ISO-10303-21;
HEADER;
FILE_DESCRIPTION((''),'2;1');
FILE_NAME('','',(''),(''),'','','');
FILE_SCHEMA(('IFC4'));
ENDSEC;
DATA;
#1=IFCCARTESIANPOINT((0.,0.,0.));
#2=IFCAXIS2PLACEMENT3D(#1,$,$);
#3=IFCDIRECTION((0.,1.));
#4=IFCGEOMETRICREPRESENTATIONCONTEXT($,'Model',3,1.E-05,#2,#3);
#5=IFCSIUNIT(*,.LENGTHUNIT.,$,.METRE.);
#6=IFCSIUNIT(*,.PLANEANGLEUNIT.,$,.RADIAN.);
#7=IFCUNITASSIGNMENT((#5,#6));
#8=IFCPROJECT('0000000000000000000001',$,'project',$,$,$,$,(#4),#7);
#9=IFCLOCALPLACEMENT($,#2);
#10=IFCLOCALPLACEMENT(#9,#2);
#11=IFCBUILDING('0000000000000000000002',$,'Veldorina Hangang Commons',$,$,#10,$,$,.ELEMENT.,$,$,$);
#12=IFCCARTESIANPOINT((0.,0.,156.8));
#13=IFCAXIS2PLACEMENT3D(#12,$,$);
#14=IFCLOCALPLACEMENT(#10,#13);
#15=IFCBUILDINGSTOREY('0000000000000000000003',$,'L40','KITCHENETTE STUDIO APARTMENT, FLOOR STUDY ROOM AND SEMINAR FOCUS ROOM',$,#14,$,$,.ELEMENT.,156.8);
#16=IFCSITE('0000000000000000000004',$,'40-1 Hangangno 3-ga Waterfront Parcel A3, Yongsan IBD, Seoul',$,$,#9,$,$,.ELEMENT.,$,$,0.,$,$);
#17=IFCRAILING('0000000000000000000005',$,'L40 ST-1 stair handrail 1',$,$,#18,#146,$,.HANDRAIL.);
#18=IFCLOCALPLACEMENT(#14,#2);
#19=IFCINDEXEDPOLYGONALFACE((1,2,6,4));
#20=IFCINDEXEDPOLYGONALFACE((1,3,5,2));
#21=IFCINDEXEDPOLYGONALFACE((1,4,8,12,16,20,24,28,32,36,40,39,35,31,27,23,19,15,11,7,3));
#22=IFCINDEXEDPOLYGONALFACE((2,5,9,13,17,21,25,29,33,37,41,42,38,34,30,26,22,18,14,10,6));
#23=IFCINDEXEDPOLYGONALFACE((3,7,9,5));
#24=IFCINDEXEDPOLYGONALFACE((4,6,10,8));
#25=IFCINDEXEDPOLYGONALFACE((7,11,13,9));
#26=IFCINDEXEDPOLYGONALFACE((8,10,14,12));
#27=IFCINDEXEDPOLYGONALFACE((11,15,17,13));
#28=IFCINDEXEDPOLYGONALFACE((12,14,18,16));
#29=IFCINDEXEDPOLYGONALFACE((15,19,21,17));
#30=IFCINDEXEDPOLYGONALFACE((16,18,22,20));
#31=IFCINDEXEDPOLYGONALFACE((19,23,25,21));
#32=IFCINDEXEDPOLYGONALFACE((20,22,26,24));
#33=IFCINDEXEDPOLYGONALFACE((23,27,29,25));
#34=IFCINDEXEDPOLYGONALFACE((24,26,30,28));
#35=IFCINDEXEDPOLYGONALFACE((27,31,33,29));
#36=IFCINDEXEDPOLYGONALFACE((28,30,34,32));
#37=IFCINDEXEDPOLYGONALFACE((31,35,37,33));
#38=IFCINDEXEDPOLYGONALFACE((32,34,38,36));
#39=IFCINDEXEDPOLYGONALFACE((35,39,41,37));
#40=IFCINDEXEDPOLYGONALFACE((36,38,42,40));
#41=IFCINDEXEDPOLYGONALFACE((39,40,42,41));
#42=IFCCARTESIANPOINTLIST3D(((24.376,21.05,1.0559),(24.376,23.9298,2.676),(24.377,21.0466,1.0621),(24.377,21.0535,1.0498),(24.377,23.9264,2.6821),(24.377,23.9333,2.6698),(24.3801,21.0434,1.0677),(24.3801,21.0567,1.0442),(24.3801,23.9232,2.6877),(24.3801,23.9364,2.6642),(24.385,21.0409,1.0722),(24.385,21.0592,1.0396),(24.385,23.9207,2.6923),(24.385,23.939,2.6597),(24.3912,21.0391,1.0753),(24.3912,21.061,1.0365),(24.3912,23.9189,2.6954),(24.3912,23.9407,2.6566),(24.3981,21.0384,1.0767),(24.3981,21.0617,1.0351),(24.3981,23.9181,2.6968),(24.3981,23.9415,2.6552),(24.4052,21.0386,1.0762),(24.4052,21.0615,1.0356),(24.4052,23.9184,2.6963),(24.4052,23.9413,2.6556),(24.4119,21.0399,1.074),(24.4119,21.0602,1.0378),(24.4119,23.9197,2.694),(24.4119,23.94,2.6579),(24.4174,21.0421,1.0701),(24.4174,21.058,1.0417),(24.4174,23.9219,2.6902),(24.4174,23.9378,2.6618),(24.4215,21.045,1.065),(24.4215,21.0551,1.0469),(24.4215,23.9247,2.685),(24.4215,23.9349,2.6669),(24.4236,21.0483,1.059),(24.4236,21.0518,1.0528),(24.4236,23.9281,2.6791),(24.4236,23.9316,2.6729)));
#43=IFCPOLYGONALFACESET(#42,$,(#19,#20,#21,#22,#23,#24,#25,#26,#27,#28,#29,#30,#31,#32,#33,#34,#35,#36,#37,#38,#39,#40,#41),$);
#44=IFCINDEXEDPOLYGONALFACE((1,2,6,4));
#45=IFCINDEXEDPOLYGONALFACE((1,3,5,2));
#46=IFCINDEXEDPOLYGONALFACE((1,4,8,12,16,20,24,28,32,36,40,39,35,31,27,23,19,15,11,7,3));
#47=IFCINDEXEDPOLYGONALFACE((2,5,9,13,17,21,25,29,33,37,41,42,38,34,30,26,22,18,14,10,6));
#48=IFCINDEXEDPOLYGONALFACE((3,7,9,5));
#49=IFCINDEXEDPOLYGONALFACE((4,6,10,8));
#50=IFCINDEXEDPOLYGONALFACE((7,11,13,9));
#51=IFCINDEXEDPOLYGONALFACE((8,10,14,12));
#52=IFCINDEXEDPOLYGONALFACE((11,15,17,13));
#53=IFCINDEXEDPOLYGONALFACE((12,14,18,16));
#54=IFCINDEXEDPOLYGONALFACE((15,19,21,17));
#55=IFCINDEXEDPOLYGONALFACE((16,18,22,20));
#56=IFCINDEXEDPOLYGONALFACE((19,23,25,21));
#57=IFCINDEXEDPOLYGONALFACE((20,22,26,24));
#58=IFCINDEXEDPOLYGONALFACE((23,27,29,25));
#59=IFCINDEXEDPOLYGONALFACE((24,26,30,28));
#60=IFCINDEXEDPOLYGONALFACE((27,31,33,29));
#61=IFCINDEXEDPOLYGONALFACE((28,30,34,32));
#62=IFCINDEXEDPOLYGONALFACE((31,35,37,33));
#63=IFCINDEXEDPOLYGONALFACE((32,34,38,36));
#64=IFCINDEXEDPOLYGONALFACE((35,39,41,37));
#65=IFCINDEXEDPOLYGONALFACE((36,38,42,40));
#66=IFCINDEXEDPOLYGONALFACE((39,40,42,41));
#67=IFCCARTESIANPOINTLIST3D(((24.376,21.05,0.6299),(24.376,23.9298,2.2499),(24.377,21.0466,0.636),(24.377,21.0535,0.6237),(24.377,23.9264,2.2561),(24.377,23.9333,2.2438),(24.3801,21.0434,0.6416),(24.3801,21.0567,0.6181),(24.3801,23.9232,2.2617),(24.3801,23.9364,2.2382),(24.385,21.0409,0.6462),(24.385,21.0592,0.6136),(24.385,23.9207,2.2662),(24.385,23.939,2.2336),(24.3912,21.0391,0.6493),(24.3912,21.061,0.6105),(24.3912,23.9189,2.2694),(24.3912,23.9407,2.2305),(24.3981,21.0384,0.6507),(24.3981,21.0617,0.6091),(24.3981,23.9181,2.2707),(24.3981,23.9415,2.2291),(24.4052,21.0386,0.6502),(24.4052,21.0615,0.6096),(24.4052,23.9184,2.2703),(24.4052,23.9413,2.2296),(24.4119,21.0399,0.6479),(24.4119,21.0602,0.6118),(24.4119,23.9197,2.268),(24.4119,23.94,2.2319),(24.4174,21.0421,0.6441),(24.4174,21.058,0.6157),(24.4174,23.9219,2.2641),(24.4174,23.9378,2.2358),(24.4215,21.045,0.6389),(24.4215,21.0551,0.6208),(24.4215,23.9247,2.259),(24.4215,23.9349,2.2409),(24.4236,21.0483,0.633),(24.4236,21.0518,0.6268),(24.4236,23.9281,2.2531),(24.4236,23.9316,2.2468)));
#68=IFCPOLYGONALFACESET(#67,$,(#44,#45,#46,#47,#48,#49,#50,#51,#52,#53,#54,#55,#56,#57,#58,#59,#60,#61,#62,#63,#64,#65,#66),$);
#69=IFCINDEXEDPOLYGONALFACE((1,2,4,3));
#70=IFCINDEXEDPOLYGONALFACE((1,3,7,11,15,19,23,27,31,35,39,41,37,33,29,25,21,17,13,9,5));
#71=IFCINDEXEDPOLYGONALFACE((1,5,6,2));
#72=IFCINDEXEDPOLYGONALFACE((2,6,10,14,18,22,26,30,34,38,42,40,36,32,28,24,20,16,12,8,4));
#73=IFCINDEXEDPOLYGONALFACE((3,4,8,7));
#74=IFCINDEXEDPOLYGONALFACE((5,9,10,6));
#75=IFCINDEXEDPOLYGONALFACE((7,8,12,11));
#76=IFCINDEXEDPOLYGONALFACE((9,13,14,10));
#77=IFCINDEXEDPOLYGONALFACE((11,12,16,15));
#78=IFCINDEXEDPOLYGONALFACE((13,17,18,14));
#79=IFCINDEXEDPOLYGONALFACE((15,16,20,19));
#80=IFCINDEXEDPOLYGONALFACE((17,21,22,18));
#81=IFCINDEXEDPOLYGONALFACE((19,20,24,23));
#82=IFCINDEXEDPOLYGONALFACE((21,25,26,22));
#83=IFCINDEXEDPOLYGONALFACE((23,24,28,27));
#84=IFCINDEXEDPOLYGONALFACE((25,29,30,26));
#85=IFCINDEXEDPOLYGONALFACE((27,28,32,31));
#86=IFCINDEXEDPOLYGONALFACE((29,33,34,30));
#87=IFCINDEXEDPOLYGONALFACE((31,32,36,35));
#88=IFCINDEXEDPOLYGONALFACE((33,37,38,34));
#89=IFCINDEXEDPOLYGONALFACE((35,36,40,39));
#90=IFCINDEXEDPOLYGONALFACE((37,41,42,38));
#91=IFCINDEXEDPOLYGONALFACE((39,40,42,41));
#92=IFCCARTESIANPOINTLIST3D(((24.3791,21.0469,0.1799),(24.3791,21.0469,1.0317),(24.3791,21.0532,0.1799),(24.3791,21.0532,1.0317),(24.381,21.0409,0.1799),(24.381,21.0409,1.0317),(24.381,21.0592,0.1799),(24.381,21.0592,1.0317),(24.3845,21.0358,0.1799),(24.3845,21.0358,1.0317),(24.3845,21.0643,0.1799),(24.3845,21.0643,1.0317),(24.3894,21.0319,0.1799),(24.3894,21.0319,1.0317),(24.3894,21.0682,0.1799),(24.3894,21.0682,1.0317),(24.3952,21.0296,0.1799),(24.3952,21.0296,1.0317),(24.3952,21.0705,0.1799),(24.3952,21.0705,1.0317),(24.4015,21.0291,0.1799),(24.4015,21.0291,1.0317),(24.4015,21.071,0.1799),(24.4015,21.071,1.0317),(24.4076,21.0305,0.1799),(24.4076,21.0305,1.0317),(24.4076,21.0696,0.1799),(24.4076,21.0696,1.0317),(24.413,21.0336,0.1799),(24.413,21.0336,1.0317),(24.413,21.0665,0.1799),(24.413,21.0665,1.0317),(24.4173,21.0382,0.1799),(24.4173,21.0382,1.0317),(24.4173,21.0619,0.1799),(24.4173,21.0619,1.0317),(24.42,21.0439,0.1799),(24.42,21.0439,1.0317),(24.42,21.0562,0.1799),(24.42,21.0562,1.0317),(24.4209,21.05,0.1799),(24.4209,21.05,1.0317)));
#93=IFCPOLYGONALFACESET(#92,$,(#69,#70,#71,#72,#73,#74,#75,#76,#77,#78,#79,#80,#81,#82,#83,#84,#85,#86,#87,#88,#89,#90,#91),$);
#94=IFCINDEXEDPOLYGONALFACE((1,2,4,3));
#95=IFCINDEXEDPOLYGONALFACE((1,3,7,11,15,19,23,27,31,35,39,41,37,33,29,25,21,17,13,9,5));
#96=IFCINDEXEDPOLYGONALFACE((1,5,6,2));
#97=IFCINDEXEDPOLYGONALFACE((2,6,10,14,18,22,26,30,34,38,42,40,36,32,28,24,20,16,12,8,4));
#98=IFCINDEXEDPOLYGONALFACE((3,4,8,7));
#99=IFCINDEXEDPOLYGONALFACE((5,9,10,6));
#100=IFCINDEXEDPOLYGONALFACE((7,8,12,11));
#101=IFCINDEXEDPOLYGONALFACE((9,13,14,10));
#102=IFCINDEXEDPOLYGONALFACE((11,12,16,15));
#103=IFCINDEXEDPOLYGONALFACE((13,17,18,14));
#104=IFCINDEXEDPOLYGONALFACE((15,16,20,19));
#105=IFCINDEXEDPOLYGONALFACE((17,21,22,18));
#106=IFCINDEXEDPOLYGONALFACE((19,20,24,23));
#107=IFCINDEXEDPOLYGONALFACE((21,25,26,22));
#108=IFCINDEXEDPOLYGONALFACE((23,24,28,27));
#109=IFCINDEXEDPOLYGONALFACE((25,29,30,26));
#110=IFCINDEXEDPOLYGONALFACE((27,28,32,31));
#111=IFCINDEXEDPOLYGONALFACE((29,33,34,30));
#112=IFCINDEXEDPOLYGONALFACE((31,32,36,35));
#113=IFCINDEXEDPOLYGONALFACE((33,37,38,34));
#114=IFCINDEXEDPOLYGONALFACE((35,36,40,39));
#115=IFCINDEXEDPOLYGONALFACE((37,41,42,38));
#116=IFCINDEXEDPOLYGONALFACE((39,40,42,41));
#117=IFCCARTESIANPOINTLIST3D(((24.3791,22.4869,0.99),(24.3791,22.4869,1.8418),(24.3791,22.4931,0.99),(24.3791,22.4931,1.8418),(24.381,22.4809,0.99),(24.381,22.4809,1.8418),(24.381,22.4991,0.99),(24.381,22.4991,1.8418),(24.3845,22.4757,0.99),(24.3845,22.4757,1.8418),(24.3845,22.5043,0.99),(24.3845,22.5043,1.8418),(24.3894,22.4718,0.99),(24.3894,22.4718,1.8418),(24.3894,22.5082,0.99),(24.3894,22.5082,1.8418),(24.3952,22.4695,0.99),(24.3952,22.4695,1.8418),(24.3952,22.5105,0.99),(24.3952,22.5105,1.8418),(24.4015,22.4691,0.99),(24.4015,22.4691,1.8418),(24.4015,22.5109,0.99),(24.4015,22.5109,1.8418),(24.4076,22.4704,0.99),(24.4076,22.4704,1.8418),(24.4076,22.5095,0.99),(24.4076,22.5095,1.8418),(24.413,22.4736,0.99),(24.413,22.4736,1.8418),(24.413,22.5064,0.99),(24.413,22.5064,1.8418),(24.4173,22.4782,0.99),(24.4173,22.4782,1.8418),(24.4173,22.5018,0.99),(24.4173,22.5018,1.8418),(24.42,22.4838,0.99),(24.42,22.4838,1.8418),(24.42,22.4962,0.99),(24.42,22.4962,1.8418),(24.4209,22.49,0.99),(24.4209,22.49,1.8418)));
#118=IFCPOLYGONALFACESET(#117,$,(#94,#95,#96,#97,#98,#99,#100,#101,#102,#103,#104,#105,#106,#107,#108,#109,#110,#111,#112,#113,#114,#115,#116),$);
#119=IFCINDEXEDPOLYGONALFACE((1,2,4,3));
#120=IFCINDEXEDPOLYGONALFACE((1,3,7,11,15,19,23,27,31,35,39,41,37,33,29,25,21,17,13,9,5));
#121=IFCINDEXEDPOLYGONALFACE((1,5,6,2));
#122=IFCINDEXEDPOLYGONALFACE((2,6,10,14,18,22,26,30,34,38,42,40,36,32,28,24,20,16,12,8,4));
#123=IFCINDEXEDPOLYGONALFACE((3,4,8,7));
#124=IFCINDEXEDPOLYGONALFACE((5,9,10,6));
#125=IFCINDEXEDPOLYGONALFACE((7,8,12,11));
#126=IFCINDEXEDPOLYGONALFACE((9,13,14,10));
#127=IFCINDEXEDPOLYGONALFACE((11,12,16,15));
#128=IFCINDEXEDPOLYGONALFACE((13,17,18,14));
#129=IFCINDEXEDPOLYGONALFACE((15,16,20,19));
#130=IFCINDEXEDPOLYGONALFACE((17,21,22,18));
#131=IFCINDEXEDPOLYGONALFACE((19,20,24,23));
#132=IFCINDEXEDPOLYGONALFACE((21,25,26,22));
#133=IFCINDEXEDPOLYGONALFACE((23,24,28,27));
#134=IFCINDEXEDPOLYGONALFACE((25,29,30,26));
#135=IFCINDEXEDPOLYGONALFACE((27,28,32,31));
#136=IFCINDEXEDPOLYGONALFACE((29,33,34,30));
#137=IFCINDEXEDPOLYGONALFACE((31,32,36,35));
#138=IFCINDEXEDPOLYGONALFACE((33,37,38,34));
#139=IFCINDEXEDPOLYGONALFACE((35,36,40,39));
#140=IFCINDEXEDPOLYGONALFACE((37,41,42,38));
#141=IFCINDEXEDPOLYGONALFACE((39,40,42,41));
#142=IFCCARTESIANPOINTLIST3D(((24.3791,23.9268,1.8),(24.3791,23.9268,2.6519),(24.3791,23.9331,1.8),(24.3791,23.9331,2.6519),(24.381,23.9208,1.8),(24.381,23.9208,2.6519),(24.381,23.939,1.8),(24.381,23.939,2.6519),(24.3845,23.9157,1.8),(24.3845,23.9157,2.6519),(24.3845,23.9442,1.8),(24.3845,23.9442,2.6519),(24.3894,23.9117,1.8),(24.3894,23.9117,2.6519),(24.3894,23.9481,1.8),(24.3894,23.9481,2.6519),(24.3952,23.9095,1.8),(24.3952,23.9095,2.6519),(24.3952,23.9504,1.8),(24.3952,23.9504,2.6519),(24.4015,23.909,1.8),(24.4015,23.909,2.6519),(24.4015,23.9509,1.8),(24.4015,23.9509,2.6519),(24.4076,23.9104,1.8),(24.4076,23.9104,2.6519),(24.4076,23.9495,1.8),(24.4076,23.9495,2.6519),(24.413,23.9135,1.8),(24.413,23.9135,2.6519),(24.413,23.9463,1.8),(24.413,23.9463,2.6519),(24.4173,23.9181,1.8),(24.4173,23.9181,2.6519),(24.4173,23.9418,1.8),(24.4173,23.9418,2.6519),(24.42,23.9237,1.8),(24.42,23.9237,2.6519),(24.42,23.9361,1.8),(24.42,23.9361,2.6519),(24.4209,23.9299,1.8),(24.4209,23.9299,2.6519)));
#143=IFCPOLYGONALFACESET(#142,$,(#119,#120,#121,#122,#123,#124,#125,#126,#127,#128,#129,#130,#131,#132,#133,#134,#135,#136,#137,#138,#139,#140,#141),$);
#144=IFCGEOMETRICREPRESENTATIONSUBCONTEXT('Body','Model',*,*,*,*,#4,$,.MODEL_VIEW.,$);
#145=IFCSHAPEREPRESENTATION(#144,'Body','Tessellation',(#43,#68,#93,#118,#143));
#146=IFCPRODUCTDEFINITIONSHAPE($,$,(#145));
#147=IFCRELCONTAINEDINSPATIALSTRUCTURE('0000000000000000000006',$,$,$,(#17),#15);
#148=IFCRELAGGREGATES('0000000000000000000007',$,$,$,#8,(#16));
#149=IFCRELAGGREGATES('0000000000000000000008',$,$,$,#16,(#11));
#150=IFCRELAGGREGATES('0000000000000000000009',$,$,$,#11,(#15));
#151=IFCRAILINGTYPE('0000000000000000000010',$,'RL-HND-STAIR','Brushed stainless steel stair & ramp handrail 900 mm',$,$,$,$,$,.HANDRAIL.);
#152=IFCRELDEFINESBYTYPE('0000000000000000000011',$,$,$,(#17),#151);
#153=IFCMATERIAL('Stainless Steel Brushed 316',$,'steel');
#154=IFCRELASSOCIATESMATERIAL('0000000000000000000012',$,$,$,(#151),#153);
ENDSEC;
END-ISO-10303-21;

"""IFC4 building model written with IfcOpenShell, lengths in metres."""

from ifc_helpers import new_model, si_unit, direction, frame, origin, origin_2d, place, context, subcontext, project, spatial, circle, extrude, material, type_object, element, save


model = new_model("IFC4")

# Units and contexts
model_context = context("Model", 3, precision=1e-05, world=origin(), true_north=direction((0.0, 1.0)))
body_context = subcontext(model_context, "Body", "Model", "MODEL_VIEW")
ifc_project = project(units=[si_unit("LENGTHUNIT", "METRE"), si_unit("PLANEANGLEUNIT", "RADIAN")], contexts=[model_context])

# Site, building, storey
site_placement = place(None, origin())
site = spatial("IfcSite", under=ifc_project, at=site_placement, Name="40-1 Hangangno 3-ga Waterfront Parcel A3, Yongsan IBD, Seoul", CompositionType="ELEMENT", RefElevation=0.0)
building_placement = place(site_placement, origin())
building = spatial("IfcBuilding", under=site, at=building_placement, Name="Veldorina Hangang Commons", CompositionType="ELEMENT")
storey_placement = place(building_placement, frame((0.0, 0.0, 156.8)))
storey = spatial("IfcBuildingStorey", under=building, at=storey_placement, Name="L40", Description="KITCHENETTE STUDIO APARTMENT, FLOOR STUDY ROOM AND SEMINAR FOCUS ROOM", CompositionType="ELEMENT", Elevation=156.8)

# Railing
ifc_material_1 = material(Name="Stainless Steel Brushed 316", Category="steel")
railing_type_1 = type_object("IfcRailingType", Name="RL-HND-STAIR", Description="Brushed stainless steel stair & ramp handrail 900 mm", PredefinedType="HANDRAIL", material=ifc_material_1)
railing_1_placement = place(storey_placement, frame((24.3999, 21.05, 0.1799)))
element("IfcRailing", 1, at=railing_1_placement, inside=storey, type_object=railing_type_1, Name="L40 ST-1 stair handrail 1", PredefinedType="HANDRAIL", context=body_context, shape_type="SweptSolid", body=[
    extrude(circle(Radius=0.0239, at=origin_2d()), frame((0.0, 0.0, 0.876), z_axis=(0.0, 0.871552, 0.490303), x_axis=(-1.0, 0.0, 0.0)), (0.0, 0.0, 1.0), 3.3042),
    extrude(circle(Radius=0.0239, at=origin_2d()), frame((0.0, 0.0, 0.45), z_axis=(0.0, 0.871552, 0.490303), x_axis=(-1.0, 0.0, 0.0)), (0.0, 0.0, 1.0), 3.3042),
    extrude(circle(Radius=0.021, at=origin_2d()), origin(), (0.0, 0.0, 1.0), 0.8518),
    extrude(circle(Radius=0.021, at=origin_2d()), frame((0.0, 1.4399, 0.8101)), (0.0, 0.0, 1.0), 0.8518),
    extrude(circle(Radius=0.021, at=origin_2d()), frame((0.0, 2.8799, 1.6201)), (0.0, 0.0, 1.0), 0.8518),
])

save(model, "model.ifc")
